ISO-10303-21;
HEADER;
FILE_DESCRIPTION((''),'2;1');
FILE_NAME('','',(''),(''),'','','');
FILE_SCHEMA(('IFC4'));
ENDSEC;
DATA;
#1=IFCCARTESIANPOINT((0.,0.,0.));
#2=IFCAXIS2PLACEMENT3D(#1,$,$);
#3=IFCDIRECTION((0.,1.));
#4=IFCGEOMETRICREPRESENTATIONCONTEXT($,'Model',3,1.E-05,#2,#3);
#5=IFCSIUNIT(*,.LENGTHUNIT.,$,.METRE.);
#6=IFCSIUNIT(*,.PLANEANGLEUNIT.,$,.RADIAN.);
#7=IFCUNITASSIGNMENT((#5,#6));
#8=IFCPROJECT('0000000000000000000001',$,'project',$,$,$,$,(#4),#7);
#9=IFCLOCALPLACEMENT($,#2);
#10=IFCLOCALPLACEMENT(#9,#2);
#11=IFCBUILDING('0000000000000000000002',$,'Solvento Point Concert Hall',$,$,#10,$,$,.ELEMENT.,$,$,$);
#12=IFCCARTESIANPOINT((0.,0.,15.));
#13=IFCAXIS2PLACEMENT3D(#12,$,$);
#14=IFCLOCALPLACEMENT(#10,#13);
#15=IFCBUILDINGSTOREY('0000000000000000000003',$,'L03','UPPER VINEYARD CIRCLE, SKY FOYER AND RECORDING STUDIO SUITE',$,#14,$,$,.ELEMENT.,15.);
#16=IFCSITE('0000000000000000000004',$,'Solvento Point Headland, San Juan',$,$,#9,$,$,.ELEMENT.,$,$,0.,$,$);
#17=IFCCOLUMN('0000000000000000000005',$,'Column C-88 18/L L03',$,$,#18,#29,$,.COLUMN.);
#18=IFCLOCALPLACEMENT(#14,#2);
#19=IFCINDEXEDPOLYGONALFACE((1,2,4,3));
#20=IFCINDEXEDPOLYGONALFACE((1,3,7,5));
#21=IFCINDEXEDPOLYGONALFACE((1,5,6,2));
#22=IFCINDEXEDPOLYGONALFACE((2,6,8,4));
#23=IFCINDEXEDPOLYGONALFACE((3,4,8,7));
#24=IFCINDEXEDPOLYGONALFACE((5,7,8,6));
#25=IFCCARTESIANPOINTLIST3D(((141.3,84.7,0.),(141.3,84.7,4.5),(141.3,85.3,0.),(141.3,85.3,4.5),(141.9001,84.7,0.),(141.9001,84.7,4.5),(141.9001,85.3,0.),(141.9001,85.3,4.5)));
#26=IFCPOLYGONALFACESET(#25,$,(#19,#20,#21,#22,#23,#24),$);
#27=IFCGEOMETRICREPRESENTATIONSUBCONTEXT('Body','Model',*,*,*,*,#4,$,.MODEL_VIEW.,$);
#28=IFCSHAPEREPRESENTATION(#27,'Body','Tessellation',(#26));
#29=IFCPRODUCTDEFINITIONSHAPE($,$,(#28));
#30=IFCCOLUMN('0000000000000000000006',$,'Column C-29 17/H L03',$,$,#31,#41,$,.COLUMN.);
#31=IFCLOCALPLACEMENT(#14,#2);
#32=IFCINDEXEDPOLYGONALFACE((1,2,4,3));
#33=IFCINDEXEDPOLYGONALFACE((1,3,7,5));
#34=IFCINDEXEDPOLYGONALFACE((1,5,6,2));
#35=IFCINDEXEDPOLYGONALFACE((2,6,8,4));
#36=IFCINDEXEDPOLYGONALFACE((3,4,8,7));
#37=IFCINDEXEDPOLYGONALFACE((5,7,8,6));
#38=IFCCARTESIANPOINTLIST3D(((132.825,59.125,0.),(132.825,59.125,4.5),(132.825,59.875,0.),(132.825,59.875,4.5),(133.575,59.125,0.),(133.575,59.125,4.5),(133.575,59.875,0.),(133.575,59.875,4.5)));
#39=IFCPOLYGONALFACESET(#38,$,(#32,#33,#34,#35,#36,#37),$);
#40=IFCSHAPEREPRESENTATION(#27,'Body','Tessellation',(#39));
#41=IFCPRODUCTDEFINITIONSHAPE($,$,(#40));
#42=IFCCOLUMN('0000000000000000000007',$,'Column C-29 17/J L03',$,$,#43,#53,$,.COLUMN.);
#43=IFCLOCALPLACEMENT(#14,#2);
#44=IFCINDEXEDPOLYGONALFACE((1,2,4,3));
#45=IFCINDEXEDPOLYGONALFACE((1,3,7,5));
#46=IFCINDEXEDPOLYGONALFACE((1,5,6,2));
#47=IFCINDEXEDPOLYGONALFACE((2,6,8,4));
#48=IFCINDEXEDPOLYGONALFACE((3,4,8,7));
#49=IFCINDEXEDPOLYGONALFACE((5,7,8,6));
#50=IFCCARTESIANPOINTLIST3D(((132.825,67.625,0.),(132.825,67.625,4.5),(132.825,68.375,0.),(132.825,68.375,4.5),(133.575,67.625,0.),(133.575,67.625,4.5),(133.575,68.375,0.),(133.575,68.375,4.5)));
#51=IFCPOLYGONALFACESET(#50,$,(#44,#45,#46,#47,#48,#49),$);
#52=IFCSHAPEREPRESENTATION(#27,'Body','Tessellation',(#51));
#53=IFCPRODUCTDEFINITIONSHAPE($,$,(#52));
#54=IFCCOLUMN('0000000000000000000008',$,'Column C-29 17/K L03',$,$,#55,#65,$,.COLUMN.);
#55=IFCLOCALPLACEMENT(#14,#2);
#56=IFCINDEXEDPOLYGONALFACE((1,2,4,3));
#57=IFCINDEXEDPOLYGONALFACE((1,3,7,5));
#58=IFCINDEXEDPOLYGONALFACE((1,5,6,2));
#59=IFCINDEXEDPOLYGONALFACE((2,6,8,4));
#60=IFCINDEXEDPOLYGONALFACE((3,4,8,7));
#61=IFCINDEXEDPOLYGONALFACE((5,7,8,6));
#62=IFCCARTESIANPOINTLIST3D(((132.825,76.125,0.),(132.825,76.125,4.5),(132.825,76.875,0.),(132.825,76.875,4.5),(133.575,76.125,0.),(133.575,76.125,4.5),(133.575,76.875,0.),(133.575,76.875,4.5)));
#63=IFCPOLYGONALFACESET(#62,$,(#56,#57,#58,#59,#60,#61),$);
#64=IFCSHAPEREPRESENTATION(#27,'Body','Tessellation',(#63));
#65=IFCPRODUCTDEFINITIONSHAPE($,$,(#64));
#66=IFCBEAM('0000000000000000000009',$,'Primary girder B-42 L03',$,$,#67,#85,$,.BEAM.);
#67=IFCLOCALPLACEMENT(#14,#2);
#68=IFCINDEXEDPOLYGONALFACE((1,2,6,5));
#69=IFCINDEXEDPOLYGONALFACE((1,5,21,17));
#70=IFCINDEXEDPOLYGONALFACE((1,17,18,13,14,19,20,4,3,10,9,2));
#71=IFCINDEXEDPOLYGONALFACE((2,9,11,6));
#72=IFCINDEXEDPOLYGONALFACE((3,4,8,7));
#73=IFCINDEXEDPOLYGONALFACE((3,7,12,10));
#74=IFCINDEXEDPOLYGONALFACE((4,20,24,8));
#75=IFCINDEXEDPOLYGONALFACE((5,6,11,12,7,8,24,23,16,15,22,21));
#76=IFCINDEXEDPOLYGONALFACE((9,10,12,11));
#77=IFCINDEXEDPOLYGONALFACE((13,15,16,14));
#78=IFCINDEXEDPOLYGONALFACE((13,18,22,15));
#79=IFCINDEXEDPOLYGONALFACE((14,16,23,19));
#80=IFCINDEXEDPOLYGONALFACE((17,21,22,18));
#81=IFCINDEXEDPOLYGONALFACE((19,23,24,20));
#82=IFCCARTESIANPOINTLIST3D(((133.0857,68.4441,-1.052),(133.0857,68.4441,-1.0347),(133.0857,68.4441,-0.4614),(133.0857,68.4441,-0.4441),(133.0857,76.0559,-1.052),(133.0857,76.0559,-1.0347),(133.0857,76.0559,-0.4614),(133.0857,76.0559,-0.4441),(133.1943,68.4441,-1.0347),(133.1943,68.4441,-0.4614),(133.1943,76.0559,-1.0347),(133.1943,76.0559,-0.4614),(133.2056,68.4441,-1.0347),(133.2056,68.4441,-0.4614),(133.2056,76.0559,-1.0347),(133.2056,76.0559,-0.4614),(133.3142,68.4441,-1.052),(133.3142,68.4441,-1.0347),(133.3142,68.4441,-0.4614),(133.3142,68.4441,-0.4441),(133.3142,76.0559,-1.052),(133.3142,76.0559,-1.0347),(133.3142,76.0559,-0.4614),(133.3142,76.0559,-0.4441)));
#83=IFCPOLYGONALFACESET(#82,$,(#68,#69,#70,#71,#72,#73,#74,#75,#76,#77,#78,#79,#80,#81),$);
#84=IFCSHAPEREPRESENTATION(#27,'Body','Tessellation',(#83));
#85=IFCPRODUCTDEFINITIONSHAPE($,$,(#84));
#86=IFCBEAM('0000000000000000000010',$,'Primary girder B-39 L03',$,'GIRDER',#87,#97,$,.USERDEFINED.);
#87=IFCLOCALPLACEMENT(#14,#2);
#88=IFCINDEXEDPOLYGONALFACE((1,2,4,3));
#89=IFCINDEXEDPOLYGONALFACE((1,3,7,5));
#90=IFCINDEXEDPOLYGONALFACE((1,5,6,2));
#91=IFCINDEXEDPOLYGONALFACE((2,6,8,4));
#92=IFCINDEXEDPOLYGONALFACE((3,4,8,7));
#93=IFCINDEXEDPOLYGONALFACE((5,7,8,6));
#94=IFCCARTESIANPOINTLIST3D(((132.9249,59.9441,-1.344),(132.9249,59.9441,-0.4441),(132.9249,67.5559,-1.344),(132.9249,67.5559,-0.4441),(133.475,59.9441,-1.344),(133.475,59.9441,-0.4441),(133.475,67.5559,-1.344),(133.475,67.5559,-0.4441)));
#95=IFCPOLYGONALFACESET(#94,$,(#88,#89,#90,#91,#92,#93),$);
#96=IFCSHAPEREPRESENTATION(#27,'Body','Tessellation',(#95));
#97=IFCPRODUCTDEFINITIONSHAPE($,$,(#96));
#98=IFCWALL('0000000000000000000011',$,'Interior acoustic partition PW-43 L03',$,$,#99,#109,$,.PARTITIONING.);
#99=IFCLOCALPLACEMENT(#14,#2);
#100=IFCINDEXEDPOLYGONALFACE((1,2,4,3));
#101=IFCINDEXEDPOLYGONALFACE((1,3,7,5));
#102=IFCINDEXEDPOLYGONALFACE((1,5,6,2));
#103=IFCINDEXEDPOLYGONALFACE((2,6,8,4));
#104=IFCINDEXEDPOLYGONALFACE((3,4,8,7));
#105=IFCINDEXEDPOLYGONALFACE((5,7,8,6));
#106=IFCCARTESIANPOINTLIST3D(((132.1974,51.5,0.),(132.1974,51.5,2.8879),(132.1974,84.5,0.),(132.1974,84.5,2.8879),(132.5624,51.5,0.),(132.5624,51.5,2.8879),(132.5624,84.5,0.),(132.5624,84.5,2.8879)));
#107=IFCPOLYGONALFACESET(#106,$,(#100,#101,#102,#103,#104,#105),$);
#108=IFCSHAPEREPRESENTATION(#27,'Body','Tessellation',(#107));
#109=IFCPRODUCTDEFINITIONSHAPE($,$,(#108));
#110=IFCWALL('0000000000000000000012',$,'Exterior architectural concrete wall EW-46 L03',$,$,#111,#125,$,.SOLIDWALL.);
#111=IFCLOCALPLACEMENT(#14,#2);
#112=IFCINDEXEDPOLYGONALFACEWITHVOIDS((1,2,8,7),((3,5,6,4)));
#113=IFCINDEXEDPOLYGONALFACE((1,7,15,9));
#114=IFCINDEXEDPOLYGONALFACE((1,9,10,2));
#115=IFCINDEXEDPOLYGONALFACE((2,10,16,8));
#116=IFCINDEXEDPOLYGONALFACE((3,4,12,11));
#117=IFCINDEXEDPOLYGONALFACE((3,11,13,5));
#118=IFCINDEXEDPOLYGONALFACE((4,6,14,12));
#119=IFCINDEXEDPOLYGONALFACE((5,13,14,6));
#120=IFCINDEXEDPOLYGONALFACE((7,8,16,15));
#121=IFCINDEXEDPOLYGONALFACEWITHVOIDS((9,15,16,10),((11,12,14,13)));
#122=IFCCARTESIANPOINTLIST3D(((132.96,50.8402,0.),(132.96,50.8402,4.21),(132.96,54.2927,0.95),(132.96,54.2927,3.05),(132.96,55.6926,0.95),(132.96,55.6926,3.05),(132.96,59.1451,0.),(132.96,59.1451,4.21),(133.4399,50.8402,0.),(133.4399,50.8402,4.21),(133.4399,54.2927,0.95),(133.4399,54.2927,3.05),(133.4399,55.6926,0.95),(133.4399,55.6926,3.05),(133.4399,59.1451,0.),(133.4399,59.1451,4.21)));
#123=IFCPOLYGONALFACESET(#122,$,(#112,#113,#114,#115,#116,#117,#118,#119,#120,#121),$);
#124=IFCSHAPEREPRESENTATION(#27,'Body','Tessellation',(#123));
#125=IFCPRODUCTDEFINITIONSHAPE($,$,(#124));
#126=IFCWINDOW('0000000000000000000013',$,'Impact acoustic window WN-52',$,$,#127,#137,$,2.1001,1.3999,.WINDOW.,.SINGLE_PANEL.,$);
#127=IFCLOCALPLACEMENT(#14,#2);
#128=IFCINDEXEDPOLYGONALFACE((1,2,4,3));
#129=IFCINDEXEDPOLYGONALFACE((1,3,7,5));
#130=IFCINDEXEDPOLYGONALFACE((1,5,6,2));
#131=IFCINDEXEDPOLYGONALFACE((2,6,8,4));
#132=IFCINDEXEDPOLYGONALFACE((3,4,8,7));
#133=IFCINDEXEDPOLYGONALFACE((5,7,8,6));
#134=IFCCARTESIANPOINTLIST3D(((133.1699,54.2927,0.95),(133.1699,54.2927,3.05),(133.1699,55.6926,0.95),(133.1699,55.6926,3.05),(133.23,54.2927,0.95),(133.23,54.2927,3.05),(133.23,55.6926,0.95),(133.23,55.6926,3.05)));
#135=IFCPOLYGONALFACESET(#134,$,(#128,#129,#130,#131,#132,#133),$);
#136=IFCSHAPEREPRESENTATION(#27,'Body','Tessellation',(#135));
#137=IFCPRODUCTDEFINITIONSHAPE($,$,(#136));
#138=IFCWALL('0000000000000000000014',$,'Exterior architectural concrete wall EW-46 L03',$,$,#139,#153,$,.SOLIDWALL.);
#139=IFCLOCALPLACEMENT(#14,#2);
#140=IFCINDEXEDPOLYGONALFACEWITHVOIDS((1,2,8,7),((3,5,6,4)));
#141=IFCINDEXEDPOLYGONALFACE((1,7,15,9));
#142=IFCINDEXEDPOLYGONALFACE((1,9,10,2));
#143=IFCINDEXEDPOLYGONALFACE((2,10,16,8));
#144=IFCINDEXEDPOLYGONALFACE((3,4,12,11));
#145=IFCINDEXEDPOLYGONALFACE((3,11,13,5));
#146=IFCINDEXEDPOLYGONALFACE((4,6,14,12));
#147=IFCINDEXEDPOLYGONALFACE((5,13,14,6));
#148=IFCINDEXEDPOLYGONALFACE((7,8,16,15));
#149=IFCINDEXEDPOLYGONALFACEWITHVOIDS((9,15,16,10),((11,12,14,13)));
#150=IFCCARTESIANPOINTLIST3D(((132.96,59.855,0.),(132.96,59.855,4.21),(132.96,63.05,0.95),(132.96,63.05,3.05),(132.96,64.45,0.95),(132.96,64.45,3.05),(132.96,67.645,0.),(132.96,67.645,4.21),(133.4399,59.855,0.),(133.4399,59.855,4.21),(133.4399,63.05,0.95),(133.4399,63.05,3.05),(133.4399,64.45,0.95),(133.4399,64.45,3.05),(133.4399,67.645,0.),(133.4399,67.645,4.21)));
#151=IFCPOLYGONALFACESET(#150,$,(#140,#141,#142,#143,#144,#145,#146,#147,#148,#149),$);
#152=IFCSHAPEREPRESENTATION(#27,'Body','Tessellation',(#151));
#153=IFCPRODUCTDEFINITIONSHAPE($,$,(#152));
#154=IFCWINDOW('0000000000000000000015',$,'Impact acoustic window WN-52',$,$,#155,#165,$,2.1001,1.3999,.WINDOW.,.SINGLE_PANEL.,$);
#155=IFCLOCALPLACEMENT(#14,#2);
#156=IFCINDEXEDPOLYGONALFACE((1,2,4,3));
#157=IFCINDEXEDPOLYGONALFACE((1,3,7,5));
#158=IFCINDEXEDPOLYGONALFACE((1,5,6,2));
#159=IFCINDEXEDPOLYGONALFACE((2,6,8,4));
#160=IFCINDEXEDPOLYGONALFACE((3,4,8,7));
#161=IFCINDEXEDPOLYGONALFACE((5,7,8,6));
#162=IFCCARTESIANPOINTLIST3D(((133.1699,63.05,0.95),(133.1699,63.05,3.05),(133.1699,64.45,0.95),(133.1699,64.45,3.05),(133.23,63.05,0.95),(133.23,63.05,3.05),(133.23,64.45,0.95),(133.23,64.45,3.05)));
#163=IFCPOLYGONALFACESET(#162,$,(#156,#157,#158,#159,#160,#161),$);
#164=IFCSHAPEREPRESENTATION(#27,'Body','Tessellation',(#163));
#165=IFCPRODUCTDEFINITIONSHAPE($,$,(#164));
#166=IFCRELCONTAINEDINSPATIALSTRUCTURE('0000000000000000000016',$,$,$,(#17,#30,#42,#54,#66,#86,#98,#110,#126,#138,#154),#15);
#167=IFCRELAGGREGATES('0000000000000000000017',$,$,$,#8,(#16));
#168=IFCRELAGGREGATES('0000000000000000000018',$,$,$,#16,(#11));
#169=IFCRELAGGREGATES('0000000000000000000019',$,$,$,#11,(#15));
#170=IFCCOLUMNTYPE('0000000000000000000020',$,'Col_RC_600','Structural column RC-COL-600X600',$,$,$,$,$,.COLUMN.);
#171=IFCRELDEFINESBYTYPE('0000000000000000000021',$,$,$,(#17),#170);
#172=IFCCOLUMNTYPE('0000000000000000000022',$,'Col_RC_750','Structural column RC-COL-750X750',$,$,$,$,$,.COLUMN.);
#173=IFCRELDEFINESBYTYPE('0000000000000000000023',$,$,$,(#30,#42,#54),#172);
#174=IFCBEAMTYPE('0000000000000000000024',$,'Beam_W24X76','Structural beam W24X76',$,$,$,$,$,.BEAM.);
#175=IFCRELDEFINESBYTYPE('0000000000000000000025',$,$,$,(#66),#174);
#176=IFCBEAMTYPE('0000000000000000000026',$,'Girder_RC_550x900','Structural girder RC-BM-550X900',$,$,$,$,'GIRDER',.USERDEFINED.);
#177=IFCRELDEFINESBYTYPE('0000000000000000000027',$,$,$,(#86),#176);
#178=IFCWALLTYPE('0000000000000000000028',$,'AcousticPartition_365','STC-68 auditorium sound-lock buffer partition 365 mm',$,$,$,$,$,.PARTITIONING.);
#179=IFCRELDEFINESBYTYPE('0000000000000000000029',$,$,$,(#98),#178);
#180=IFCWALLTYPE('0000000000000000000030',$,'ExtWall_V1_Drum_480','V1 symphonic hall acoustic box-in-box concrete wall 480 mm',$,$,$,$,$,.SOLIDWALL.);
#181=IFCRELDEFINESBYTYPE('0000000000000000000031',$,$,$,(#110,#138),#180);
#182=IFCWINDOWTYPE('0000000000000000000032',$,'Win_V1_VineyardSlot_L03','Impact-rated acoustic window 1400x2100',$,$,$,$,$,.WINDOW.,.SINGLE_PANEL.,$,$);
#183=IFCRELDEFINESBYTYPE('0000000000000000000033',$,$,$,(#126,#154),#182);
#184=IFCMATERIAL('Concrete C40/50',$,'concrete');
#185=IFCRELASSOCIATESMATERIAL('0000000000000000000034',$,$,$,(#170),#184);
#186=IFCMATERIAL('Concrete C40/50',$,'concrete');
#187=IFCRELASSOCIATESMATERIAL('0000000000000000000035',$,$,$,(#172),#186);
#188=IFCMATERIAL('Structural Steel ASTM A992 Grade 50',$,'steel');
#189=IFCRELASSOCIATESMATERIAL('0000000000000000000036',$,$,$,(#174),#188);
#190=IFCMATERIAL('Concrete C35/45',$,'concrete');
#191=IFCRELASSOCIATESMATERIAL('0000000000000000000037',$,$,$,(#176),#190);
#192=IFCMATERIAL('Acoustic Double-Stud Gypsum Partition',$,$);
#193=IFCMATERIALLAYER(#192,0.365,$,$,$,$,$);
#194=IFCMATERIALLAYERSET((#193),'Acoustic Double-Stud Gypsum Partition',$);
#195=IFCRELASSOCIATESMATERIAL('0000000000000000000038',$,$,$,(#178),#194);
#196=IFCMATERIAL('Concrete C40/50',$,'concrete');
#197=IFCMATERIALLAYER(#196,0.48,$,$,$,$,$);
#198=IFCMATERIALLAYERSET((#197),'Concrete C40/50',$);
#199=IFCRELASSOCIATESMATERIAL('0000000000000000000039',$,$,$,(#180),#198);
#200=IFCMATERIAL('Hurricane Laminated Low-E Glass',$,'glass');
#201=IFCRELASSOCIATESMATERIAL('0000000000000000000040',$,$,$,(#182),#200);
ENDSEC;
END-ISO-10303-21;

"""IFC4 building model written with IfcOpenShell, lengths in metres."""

from ifc_helpers import new_model, si_unit, direction, frame, frame_2d, origin, origin_2d, place, context, subcontext, project, spatial, rectangle, i_section, extrude, material, layer, layer_set, material_profile, profile_set, type_object, element, fill, save


model = new_model("IFC4")

# Units and contexts
model_context = context("Model", 3, precision=1e-05, world=origin(), true_north=direction((0.0, 1.0)))
body_context = subcontext(model_context, "Body", "Model", "MODEL_VIEW")
ifc_project = project(units=[si_unit("LENGTHUNIT", "METRE"), si_unit("PLANEANGLEUNIT", "RADIAN")], contexts=[model_context])

# Site, building, storey
site_placement = place(None, origin())
site = spatial("IfcSite", under=ifc_project, at=site_placement, Name="Solvento Point Headland, San Juan", CompositionType="ELEMENT", RefElevation=0.0)
building_placement = place(site_placement, origin())
building = spatial("IfcBuilding", under=site, at=building_placement, Name="Solvento Point Concert Hall", CompositionType="ELEMENT")
storey_placement = place(building_placement, frame((0.0, 0.0, 15.0)))
storey = spatial("IfcBuildingStorey", under=building, at=storey_placement, Name="L03", Description="UPPER VINEYARD CIRCLE, SKY FOYER AND RECORDING STUDIO SUITE", CompositionType="ELEMENT", Elevation=15.0)

# Columns
ifc_material_1 = material(Name="Concrete C40/50", Category="concrete")
ifc_material_profile_1 = material_profile(ifc_material_1, rectangle(XDim=0.6001, YDim=0.6001, at=origin_2d()), Name="RC-COL-600X600")
ifc_profile_set_1 = profile_set([ifc_material_profile_1], Name="Concrete C40/50")
column_type_1 = type_object("IfcColumnType", Name="Col_RC_600", Description="Structural column RC-COL-600X600", PredefinedType="COLUMN", material=ifc_profile_set_1)
column_placement = place(storey_placement, frame((141.6001, 85.0, 0.0), z_axis=(0.0, 0.0, 1.0), x_axis=(1.0, 0.0, 0.0)))
element("IfcColumn", 1, at=column_placement, inside=storey, type_object=column_type_1, Name="Column C-88 18/L L03", PredefinedType="COLUMN", context=body_context, shape_type="SweptSolid", body=[
    extrude(rectangle(XDim=0.6001, YDim=0.6001, at=origin_2d()), origin(), (0.0, 0.0, 1.0), 4.5),
])
ifc_material_2 = material(Name="Concrete C40/50", Category="concrete")
ifc_material_profile_2 = material_profile(ifc_material_2, rectangle(XDim=0.75, YDim=0.75, at=origin_2d()), Name="RC-COL-750X750")
ifc_profile_set_2 = profile_set([ifc_material_profile_2], Name="Concrete C40/50")
column_type_2 = type_object("IfcColumnType", Name="Col_RC_750", Description="Structural column RC-COL-750X750", PredefinedType="COLUMN", material=ifc_profile_set_2)
for number, where, z_axis, x_axis, name in (
    (2, (133.2, 59.5, 0.0), (0.0, 0.0, 1.0), (1.0, 0.0, 0.0), "Column C-29 17/H L03"),
    (3, (133.2, 68.0, 0.0), (0.0, 0.0, 1.0), (1.0, 0.0, 0.0), "Column C-29 17/J L03"),
    (4, (133.2, 76.5, 0.0), (0.0, 0.0, 1.0), (1.0, 0.0, 0.0), "Column C-29 17/K L03"),
):
    element("IfcColumn", number, at=place(storey_placement, frame(where, z_axis=z_axis, x_axis=x_axis)), inside=storey, type_object=column_type_2, Name=name, PredefinedType="COLUMN", context=body_context, shape_type="SweptSolid", body=[
        extrude(rectangle(XDim=0.75, YDim=0.75, at=origin_2d()), origin(), (0.0, 0.0, 1.0), 4.5),
    ])

# Beams
ifc_material_3 = material(Name="Structural Steel ASTM A992 Grade 50", Category="steel")
ifc_material_profile_3 = material_profile(ifc_material_3, i_section(OverallWidth=0.2285, OverallDepth=0.6079, WebThickness=0.0112, FlangeThickness=0.0173, at=origin_2d()), Name="W24X76")
ifc_profile_set_3 = profile_set([ifc_material_profile_3], Name="Structural Steel ASTM A992 Grade 50")
beam_type_1 = type_object("IfcBeamType", Name="Beam_W24X76", Description="Structural beam W24X76", PredefinedType="BEAM", material=ifc_profile_set_3)
beam_1_placement = place(storey_placement, frame((133.2, 68.4441, -0.748), z_axis=(0.0, 1.0, 0.0), x_axis=(-1.0, 0.0, 0.0)))
element("IfcBeam", 5, at=beam_1_placement, inside=storey, type_object=beam_type_1, Name="Primary girder B-42 L03", PredefinedType="BEAM", context=body_context, shape_type="SweptSolid", body=[
    extrude(i_section(OverallWidth=0.2285, OverallDepth=0.6079, WebThickness=0.0112, FlangeThickness=0.0173, at=origin_2d()), origin(), (0.0, 0.0, 1.0), 7.6118),
])
ifc_material_4 = material(Name="Concrete C35/45", Category="concrete")
ifc_material_profile_4 = material_profile(ifc_material_4, rectangle(XDim=0.55, YDim=0.8999, at=origin_2d()), Name="RC-BM-550X900")
ifc_profile_set_4 = profile_set([ifc_material_profile_4], Name="Concrete C35/45")
beam_type_2 = type_object("IfcBeamType", Name="Girder_RC_550x900", Description="Structural girder RC-BM-550X900", ElementType="GIRDER", PredefinedType="USERDEFINED", material=ifc_profile_set_4)
beam_2_placement = place(storey_placement, frame((133.2, 59.9441, -0.894), z_axis=(0.0, 1.0, 0.0), x_axis=(-1.0, 0.0, 0.0)))
element("IfcBeam", 6, at=beam_2_placement, inside=storey, type_object=beam_type_2, Name="Primary girder B-39 L03", ObjectType="GIRDER", PredefinedType="USERDEFINED", context=body_context, shape_type="SweptSolid", body=[
    extrude(rectangle(XDim=0.55, YDim=0.8999, at=origin_2d()), origin(), (0.0, 0.0, 1.0), 7.6118),
])

# Wall
ifc_material_5 = material(Name="Acoustic Double-Stud Gypsum Partition")
ifc_layer_1 = layer(ifc_material_5, 0.365)
ifc_layer_set_1 = layer_set([ifc_layer_1], Name="Acoustic Double-Stud Gypsum Partition")
wall_type_1 = type_object("IfcWallType", Name="AcousticPartition_365", Description="STC-68 auditorium sound-lock buffer partition 365 mm", PredefinedType="PARTITIONING", material=ifc_layer_set_1)
wall_1_placement = place(storey_placement, frame((132.3799, 84.5, 0.0), z_axis=(0.0, 0.0, 1.0), x_axis=(0.0, -1.0, 0.0)))
element("IfcWall", 7, at=wall_1_placement, inside=storey, type_object=wall_type_1, Name="Interior acoustic partition PW-43 L03", PredefinedType="PARTITIONING", context=body_context, shape_type="SweptSolid", body=[
    extrude(rectangle(XDim=33.0, YDim=0.365, at=frame_2d((16.5, 0.0))), origin(), (0.0, 0.0, 1.0), 2.8879),
])

# Walls, openings, windows
ifc_material_6 = material(Name="Concrete C40/50", Category="concrete")
ifc_layer_2 = layer(ifc_material_6, 0.48)
ifc_layer_set_2 = layer_set([ifc_layer_2], Name="Concrete C40/50")
wall_type_2 = type_object("IfcWallType", Name="ExtWall_V1_Drum_480", Description="V1 symphonic hall acoustic box-in-box concrete wall 480 mm", PredefinedType="SOLIDWALL", material=ifc_layer_set_2)
wall_2_placement = place(storey_placement, frame((133.2, 59.145, 0.0), z_axis=(0.0, 0.0, 1.0), x_axis=(0.0, -1.0, 0.0)))
wall_2 = element("IfcWall", 8, at=wall_2_placement, inside=storey, type_object=wall_type_2, Name="Exterior architectural concrete wall EW-46 L03", PredefinedType="SOLIDWALL", context=body_context, shape_type="SweptSolid", body=[
    extrude(rectangle(XDim=8.3049, YDim=0.48, at=frame_2d((4.1523, 0.0))), origin(), (0.0, 0.0, 1.0), 4.21),
])
opening_1_placement = place(wall_2_placement, frame((3.4524, 0.0, 0.95)))
opening_1 = element("IfcOpeningElement", 9, at=opening_1_placement, cuts=wall_2, PredefinedType="OPENING", context=body_context, shape_type="SweptSolid", body=[
    extrude(rectangle(XDim=1.3999, YDim=2.1001, at=frame_2d((0.7, 1.05))), frame((0.0, 0.25, 0.0), z_axis=(0.0, -1.0, 0.0), x_axis=(1.0, 0.0, 0.0)), (0.0, 0.0, 1.0), 0.5),
])
ifc_material_7 = material(Name="Hurricane Laminated Low-E Glass", Category="glass")
window_type_1 = type_object("IfcWindowType", Name="Win_V1_VineyardSlot_L03", Description="Impact-rated acoustic window 1400x2100", PartitioningType="SINGLE_PANEL", PredefinedType="WINDOW", material=ifc_material_7)
window_1_placement = place(opening_1_placement, origin())
window_1 = element("IfcWindow", 10, at=window_1_placement, inside=storey, type_object=window_type_1, Name="Impact acoustic window WN-52", OverallHeight=2.1001, OverallWidth=1.3999, PartitioningType="SINGLE_PANEL", PredefinedType="WINDOW", context=body_context, shape_type="SweptSolid", body=[
    extrude(rectangle(XDim=1.3999, YDim=2.1001, at=frame_2d((0.7, 1.05))), frame((0.0, 0.03, 0.0), z_axis=(0.0, -1.0, 0.0), x_axis=(1.0, 0.0, 0.0)), (0.0, 0.0, 1.0), 0.0601),
])
fill(opening_1, window_1)
wall_3_placement = place(storey_placement, frame((133.2, 67.645, 0.0), z_axis=(0.0, 0.0, 1.0), x_axis=(0.0, -1.0, 0.0)))
wall_3 = element("IfcWall", 11, at=wall_3_placement, inside=storey, type_object=wall_type_2, Name="Exterior architectural concrete wall EW-46 L03", PredefinedType="SOLIDWALL", context=body_context, shape_type="SweptSolid", body=[
    extrude(rectangle(XDim=7.79, YDim=0.48, at=frame_2d((3.895, 0.0))), origin(), (0.0, 0.0, 1.0), 4.21),
])
opening_2_placement = place(wall_3_placement, frame((3.1951, 0.0, 0.95)))
opening_2 = element("IfcOpeningElement", 12, at=opening_2_placement, cuts=wall_3, PredefinedType="OPENING", context=body_context, shape_type="SweptSolid", body=[
    extrude(rectangle(XDim=1.3999, YDim=2.1001, at=frame_2d((0.7, 1.05))), frame((0.0, 0.25, 0.0), z_axis=(0.0, -1.0, 0.0), x_axis=(1.0, 0.0, 0.0)), (0.0, 0.0, 1.0), 0.5),
])
window_2_placement = place(opening_2_placement, origin())
window_2 = element("IfcWindow", 13, at=window_2_placement, inside=storey, type_object=window_type_1, Name="Impact acoustic window WN-52", OverallHeight=2.1001, OverallWidth=1.3999, PartitioningType="SINGLE_PANEL", PredefinedType="WINDOW", context=body_context, shape_type="SweptSolid", body=[
    extrude(rectangle(XDim=1.3999, YDim=2.1001, at=frame_2d((0.7, 1.05))), frame((0.0, 0.03, 0.0), z_axis=(0.0, -1.0, 0.0), x_axis=(1.0, 0.0, 0.0)), (0.0, 0.0, 1.0), 0.0601),
])
fill(opening_2, window_2)

save(model, "model.ifc")
